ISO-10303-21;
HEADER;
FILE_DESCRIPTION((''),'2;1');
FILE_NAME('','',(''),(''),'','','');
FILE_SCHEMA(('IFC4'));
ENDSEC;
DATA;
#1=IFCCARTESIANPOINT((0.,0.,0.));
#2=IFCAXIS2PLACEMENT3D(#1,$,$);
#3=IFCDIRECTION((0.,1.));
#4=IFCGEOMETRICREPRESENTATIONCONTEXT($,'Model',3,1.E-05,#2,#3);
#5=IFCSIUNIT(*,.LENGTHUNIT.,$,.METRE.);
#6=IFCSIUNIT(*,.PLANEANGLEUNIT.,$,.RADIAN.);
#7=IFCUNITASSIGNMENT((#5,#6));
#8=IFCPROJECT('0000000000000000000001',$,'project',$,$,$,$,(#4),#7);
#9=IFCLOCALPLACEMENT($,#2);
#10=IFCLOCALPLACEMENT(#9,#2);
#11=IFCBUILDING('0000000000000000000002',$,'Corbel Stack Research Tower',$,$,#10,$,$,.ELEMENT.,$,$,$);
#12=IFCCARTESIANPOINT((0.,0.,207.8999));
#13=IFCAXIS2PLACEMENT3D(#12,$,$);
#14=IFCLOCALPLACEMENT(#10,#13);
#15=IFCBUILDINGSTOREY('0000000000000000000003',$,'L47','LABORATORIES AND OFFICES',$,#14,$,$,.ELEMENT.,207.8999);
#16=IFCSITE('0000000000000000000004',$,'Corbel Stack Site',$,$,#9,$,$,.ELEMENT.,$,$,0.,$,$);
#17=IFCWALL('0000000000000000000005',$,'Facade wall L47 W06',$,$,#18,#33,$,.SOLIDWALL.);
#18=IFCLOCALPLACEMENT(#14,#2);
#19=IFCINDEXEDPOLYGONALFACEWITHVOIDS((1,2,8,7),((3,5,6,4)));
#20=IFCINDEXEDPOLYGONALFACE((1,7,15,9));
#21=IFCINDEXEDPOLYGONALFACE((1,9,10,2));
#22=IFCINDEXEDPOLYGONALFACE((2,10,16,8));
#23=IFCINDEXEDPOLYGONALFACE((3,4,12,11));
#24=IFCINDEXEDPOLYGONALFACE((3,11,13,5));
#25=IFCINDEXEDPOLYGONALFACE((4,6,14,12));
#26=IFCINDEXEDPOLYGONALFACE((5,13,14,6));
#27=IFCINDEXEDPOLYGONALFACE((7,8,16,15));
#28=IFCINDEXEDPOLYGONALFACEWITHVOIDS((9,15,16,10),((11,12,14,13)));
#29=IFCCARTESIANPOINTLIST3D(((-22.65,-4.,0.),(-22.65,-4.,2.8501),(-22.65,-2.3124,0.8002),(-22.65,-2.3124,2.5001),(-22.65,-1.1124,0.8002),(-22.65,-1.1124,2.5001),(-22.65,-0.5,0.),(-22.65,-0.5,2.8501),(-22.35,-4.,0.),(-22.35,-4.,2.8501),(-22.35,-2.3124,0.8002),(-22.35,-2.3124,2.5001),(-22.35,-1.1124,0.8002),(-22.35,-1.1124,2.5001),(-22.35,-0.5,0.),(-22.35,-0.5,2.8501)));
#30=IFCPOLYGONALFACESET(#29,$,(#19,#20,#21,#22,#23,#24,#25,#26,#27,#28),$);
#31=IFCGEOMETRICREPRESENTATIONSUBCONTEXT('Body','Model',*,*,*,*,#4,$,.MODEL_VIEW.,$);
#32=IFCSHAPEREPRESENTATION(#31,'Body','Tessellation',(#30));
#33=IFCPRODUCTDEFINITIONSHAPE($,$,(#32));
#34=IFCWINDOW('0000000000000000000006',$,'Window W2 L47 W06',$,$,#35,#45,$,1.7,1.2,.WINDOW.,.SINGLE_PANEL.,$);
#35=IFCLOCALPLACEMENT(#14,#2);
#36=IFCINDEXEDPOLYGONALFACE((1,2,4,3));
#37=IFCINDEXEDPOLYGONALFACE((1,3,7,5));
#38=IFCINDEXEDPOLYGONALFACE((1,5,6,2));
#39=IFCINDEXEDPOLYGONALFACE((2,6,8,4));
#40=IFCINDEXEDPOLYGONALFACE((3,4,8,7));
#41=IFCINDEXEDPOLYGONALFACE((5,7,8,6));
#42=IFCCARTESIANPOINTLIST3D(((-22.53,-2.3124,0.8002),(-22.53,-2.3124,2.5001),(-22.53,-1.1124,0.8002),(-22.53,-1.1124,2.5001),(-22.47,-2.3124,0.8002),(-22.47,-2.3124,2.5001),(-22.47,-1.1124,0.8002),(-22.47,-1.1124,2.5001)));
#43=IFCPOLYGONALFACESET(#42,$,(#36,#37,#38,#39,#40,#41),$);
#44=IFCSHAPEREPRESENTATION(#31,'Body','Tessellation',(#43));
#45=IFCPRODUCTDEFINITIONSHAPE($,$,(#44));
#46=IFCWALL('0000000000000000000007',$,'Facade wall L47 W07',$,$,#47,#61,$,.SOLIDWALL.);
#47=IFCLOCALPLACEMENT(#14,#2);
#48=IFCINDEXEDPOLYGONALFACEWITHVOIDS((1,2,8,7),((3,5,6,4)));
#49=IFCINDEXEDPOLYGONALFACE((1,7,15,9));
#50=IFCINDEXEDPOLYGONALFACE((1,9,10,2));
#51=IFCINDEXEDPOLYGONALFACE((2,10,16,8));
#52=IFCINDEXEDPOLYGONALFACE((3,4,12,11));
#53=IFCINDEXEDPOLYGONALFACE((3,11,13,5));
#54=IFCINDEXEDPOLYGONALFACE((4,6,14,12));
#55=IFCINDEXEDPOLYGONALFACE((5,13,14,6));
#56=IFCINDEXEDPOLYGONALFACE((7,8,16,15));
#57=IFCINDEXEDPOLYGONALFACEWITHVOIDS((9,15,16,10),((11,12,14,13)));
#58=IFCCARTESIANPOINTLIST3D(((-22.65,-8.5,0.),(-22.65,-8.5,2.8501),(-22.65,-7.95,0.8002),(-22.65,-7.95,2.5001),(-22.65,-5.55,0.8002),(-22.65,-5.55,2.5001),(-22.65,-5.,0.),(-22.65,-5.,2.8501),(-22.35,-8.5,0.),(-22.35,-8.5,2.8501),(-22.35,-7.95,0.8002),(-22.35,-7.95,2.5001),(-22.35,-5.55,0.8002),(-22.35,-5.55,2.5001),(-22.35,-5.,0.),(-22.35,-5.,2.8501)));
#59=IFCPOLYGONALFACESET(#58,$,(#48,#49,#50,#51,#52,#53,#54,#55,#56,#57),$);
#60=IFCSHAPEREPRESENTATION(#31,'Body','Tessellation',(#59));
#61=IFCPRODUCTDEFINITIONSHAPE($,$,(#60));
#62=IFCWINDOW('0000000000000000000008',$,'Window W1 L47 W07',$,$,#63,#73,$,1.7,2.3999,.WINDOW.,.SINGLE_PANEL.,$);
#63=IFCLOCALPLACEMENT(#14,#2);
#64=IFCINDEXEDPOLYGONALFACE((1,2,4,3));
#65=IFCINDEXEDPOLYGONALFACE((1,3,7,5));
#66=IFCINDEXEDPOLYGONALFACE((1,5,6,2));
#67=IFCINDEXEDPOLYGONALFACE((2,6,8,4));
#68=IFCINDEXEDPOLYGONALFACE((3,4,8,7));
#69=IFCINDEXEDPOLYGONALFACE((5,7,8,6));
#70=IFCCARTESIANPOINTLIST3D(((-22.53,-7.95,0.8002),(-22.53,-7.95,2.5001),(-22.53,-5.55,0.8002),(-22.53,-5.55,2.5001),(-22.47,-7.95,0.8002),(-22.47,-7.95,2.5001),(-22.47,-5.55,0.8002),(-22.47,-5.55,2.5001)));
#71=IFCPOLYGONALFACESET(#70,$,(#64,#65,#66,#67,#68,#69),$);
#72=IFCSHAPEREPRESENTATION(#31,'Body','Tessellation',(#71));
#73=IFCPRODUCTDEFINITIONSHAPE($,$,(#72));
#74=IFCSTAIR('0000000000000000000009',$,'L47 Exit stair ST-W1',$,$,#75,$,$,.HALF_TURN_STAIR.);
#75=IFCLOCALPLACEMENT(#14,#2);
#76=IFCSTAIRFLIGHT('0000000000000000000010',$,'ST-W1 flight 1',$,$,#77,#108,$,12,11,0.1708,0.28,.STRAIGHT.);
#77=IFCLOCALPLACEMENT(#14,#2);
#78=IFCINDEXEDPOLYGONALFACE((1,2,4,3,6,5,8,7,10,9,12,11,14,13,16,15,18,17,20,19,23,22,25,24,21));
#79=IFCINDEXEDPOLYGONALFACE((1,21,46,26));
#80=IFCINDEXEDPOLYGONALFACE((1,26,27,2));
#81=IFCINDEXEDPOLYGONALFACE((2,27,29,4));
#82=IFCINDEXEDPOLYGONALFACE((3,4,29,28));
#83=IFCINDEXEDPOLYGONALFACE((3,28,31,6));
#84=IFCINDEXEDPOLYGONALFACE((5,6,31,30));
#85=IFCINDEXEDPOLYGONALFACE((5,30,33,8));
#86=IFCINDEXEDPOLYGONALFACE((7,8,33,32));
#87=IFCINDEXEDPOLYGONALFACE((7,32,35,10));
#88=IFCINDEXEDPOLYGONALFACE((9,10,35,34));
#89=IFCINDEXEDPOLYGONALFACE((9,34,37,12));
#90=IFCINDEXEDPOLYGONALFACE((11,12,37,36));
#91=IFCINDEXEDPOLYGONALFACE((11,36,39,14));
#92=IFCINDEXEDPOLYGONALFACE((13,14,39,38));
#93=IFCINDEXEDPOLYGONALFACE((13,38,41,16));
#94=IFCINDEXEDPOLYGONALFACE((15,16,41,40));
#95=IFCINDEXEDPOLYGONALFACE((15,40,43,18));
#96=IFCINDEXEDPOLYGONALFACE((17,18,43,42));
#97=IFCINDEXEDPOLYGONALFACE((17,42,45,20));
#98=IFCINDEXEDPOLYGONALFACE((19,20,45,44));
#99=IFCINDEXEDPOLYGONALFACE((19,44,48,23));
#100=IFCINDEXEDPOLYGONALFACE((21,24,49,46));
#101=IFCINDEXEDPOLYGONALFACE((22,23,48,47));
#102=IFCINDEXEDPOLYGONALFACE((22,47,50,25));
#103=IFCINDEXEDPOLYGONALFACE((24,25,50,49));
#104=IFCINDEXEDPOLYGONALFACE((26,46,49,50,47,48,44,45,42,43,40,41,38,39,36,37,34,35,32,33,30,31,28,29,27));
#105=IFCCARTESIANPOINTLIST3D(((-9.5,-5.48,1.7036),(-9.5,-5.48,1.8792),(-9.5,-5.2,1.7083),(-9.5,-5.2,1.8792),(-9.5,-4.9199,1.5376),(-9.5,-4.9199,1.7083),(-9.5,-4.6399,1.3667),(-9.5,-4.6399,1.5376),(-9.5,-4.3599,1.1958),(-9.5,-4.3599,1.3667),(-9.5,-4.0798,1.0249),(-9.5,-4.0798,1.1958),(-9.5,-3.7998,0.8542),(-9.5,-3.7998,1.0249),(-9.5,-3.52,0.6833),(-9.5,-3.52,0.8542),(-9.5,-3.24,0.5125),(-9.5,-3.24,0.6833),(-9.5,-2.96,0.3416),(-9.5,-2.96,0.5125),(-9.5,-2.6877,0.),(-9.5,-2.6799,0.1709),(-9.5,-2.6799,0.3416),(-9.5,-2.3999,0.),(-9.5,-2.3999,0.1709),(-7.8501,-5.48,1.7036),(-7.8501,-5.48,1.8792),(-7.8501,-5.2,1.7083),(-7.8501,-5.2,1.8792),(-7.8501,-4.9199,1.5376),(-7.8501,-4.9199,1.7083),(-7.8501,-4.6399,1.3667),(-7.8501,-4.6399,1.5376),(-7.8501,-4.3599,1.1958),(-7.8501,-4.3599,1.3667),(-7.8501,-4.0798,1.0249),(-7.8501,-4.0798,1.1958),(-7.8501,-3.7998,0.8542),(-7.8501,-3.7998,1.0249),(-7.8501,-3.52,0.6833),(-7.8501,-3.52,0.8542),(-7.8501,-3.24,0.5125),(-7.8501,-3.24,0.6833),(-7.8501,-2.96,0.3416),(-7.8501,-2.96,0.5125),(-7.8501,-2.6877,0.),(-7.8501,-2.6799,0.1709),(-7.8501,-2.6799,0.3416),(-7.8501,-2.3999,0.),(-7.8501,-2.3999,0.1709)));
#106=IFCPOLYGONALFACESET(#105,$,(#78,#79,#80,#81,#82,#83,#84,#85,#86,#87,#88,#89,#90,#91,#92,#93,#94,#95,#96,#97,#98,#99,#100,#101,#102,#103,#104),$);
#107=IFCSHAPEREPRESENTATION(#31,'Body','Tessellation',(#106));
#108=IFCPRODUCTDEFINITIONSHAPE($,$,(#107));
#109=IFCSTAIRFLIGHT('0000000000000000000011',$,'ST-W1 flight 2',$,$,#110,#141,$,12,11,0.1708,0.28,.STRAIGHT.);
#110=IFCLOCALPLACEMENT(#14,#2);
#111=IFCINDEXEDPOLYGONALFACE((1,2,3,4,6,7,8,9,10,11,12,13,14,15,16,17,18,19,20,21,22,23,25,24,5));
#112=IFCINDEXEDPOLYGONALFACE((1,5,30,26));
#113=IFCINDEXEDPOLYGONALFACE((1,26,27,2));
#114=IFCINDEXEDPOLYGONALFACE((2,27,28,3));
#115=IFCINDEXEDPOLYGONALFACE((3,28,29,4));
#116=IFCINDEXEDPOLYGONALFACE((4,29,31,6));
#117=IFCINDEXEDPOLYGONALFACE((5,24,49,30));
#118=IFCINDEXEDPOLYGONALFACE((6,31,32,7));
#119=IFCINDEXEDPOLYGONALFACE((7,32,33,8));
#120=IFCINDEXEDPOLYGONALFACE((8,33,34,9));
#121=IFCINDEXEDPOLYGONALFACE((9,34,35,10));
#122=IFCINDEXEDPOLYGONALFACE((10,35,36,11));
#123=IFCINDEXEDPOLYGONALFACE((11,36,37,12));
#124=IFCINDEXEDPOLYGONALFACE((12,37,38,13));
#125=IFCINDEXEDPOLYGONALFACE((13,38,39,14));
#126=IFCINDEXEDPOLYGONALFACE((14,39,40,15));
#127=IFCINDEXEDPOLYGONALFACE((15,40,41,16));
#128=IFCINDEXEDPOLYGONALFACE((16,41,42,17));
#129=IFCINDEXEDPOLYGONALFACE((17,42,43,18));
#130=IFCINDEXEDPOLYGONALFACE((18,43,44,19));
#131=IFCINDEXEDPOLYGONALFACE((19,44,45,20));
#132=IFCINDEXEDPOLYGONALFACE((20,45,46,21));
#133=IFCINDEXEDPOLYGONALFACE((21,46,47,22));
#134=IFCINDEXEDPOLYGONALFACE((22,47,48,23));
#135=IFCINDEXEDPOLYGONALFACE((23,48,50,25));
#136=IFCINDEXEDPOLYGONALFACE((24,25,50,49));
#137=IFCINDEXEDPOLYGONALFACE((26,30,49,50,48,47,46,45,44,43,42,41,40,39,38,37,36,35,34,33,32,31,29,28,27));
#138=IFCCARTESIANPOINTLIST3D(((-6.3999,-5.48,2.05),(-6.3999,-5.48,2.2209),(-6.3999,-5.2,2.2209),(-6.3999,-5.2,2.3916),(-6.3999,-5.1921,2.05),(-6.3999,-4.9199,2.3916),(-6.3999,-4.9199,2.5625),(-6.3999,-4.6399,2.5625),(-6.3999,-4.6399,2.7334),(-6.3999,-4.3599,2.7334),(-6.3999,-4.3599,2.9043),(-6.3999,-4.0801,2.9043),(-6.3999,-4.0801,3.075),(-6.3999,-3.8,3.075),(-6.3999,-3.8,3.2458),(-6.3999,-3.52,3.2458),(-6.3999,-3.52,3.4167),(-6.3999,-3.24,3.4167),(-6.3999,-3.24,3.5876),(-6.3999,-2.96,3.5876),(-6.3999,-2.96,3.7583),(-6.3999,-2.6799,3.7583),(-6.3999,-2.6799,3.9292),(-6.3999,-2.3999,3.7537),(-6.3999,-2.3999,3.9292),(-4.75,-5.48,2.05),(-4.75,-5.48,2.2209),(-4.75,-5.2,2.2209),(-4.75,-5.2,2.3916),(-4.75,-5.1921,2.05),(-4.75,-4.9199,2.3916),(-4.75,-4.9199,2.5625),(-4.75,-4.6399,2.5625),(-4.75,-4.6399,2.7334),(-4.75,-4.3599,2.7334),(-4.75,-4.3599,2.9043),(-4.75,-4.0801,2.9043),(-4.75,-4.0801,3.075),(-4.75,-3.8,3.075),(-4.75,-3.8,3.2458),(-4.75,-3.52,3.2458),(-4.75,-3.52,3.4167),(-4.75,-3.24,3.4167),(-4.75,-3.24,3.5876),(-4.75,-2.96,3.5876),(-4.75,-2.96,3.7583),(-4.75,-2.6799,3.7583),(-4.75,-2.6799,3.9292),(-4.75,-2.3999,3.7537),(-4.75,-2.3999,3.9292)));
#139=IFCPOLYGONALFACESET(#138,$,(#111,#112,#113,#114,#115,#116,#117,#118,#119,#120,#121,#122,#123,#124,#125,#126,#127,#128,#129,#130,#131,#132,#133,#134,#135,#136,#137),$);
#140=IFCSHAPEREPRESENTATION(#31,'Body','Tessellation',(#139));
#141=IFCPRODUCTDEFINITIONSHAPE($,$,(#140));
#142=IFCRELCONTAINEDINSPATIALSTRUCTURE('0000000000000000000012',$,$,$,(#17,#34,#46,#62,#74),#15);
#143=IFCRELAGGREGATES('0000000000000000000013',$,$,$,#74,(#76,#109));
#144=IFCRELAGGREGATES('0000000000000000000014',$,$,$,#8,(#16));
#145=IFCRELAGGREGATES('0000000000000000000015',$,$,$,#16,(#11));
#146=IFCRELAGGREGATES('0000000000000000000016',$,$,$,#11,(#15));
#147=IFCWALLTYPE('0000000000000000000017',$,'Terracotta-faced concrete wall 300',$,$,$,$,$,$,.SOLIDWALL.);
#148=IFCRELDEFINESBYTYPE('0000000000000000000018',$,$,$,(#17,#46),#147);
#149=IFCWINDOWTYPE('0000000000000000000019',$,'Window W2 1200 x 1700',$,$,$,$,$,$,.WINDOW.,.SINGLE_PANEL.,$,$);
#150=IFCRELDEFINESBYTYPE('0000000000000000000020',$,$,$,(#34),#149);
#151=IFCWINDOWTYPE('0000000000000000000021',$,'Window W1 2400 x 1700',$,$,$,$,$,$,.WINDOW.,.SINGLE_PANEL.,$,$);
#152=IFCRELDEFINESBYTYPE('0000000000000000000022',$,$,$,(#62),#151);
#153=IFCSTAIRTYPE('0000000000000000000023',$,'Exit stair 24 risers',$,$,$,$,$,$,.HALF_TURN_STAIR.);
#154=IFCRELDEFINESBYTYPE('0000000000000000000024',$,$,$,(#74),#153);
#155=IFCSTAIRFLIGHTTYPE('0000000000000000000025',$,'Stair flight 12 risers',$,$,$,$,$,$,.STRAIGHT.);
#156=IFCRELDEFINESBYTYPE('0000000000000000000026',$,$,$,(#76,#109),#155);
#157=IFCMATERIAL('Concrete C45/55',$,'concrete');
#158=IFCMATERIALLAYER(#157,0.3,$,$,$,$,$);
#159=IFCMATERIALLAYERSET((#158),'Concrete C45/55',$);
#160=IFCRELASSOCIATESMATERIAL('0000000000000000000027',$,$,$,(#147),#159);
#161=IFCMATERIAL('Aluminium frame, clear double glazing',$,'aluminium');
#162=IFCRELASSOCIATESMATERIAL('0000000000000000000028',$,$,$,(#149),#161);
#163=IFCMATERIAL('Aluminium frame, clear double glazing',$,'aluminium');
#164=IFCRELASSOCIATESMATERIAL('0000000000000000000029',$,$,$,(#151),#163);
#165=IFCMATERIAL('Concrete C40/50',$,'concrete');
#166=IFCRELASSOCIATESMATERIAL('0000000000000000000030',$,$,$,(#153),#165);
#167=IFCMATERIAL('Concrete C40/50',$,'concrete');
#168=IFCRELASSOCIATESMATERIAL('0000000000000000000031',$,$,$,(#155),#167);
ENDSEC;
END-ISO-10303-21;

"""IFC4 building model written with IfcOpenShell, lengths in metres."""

from ifc_helpers import new_model, si_unit, direction, frame, frame_2d, origin, place, context, subcontext, project, spatial, polyline, rectangle, outline, extrude, material, layer, layer_set, type_object, element, fill, aggregate, save


model = new_model("IFC4")

# Units and contexts
model_context = context("Model", 3, precision=1e-05, world=origin(), true_north=direction((0.0, 1.0)))
body_context = subcontext(model_context, "Body", "Model", "MODEL_VIEW")
ifc_project = project(units=[si_unit("LENGTHUNIT", "METRE"), si_unit("PLANEANGLEUNIT", "RADIAN")], contexts=[model_context])

# Site, building, storey
site_placement = place(None, origin())
site = spatial("IfcSite", under=ifc_project, at=site_placement, Name="Corbel Stack Site", CompositionType="ELEMENT", RefElevation=0.0)
building_placement = place(site_placement, origin())
building = spatial("IfcBuilding", under=site, at=building_placement, Name="Corbel Stack Research Tower", CompositionType="ELEMENT")
storey_placement = place(building_placement, frame((0.0, 0.0, 207.8999)))
storey = spatial("IfcBuildingStorey", under=building, at=storey_placement, Name="L47", Description="LABORATORIES AND OFFICES", CompositionType="ELEMENT", Elevation=207.8999)

# Walls, openings, windows
ifc_material_1 = material(Name="Concrete C45/55", Category="concrete")
ifc_layer_1 = layer(ifc_material_1, 0.3)
ifc_layer_set_1 = layer_set([ifc_layer_1], Name="Concrete C45/55")
wall_type_1 = type_object("IfcWallType", Name="Terracotta-faced concrete wall 300", PredefinedType="SOLIDWALL", material=ifc_layer_set_1)
wall_1_placement = place(storey_placement, frame((-22.5, -4.0, 0.0), z_axis=(0.0, 0.0, 1.0), x_axis=(0.0, 1.0, 0.0)))
wall_1 = element("IfcWall", 1, at=wall_1_placement, inside=storey, type_object=wall_type_1, Name="Facade wall L47 W06", PredefinedType="SOLIDWALL", context=body_context, shape_type="SweptSolid", body=[
    extrude(rectangle(XDim=3.5, YDim=0.3, at=frame_2d((1.75, 0.0))), origin(), (0.0, 0.0, 1.0), 2.8501),
])
opening_1_placement = place(wall_1_placement, frame((1.6875, 0.0, 0.8)))
opening_1 = element("IfcOpeningElement", 2, at=opening_1_placement, cuts=wall_1, PredefinedType="OPENING", context=body_context, shape_type="SweptSolid", body=[
    extrude(rectangle(XDim=1.2, YDim=1.7, at=frame_2d((0.6001, 0.8501))), frame((0.0, 0.1599, 0.0), z_axis=(0.0, -1.0, 0.0), x_axis=(1.0, 0.0, 0.0)), (0.0, 0.0, 1.0), 0.3201),
])
ifc_material_2 = material(Name="Aluminium frame, clear double glazing", Category="aluminium")
window_type_1 = type_object("IfcWindowType", Name="Window W2 1200 x 1700", PartitioningType="SINGLE_PANEL", PredefinedType="WINDOW", material=ifc_material_2)
window_1_placement = place(opening_1_placement, origin())
window_1 = element("IfcWindow", 3, at=window_1_placement, inside=storey, type_object=window_type_1, Name="Window W2 L47 W06", OverallHeight=1.7, OverallWidth=1.2, PartitioningType="SINGLE_PANEL", PredefinedType="WINDOW", context=body_context, shape_type="SweptSolid", body=[
    extrude(rectangle(XDim=1.2, YDim=1.7, at=frame_2d((0.6001, 0.8501))), frame((0.0, 0.03, 0.0), z_axis=(0.0, -1.0, 0.0), x_axis=(1.0, 0.0, 0.0)), (0.0, 0.0, 1.0), 0.0601),
])
fill(opening_1, window_1)
wall_2_placement = place(storey_placement, frame((-22.5, -8.5, 0.0), z_axis=(0.0, 0.0, 1.0), x_axis=(0.0, 1.0, 0.0)))
wall_2 = element("IfcWall", 4, at=wall_2_placement, inside=storey, type_object=wall_type_1, Name="Facade wall L47 W07", PredefinedType="SOLIDWALL", context=body_context, shape_type="SweptSolid", body=[
    extrude(rectangle(XDim=3.5, YDim=0.3, at=frame_2d((1.75, 0.0))), origin(), (0.0, 0.0, 1.0), 2.8501),
])
opening_2_placement = place(wall_2_placement, frame((0.55, 0.0, 0.8)))
opening_2 = element("IfcOpeningElement", 5, at=opening_2_placement, cuts=wall_2, PredefinedType="OPENING", context=body_context, shape_type="SweptSolid", body=[
    extrude(rectangle(XDim=2.3999, YDim=1.7, at=frame_2d((1.2, 0.8501))), frame((0.0, 0.1599, 0.0), z_axis=(0.0, -1.0, 0.0), x_axis=(1.0, 0.0, 0.0)), (0.0, 0.0, 1.0), 0.3201),
])
ifc_material_3 = material(Name="Aluminium frame, clear double glazing", Category="aluminium")
window_type_2 = type_object("IfcWindowType", Name="Window W1 2400 x 1700", PartitioningType="SINGLE_PANEL", PredefinedType="WINDOW", material=ifc_material_3)
window_2_placement = place(opening_2_placement, origin())
window_2 = element("IfcWindow", 6, at=window_2_placement, inside=storey, type_object=window_type_2, Name="Window W1 L47 W07", OverallHeight=1.7, OverallWidth=2.3999, PartitioningType="SINGLE_PANEL", PredefinedType="WINDOW", context=body_context, shape_type="SweptSolid", body=[
    extrude(rectangle(XDim=2.3999, YDim=1.7, at=frame_2d((1.2, 0.8501))), frame((0.0, 0.03, 0.0), z_axis=(0.0, -1.0, 0.0), x_axis=(1.0, 0.0, 0.0)), (0.0, 0.0, 1.0), 0.0601),
])
fill(opening_2, window_2)

# Stair, stair flights
ifc_material_4 = material(Name="Concrete C40/50", Category="concrete")
stair_type = type_object("IfcStairType", Name="Exit stair 24 risers", PredefinedType="HALF_TURN_STAIR", material=ifc_material_4)
stair_placement = place(storey_placement, origin())
stair = element("IfcStair", 7, at=stair_placement, inside=storey, type_object=stair_type, Name="L47 Exit stair ST-W1", PredefinedType="HALF_TURN_STAIR")
ifc_material_5 = material(Name="Concrete C40/50", Category="concrete")
stair_flight_type = type_object("IfcStairFlightType", Name="Stair flight 12 risers", PredefinedType="STRAIGHT", material=ifc_material_5)
stair_flight_1_placement = place(storey_placement, frame((-8.675, -2.3999, 0.0), z_axis=(0.0, 0.0, 1.0), x_axis=(0.0, -1.0, 0.0)))
stair_flight_1 = element("IfcStairFlight", 8, at=stair_flight_1_placement, type_object=stair_flight_type, Name="ST-W1 flight 1", NumberOfRisers=12, NumberOfTreads=11, PredefinedType="STRAIGHT", RiserHeight=0.1708, TreadLength=0.28, context=body_context, shape_type="SweptSolid", body=[
    extrude(outline(polyline([(0.0, 0.0), (0.0, 0.1709), (0.28, 0.1709), (0.28, 0.3416), (0.5601, 0.3416), (0.5601, 0.5125), (0.8401, 0.5125), (0.8401, 0.6833), (1.1201, 0.6833), (1.1201, 0.8542), (1.3999, 0.8542), (1.3999, 1.0249), (1.6799, 1.0249), (1.6799, 1.1958), (1.96, 1.1958), (1.96, 1.3667), (2.24, 1.3667), (2.24, 1.5376), (2.52, 1.5376), (2.52, 1.7083), (2.8, 1.7083), (2.8, 1.8792), (3.0801, 1.8792), (3.0801, 2.05), (3.0801, 1.7036), (0.2878, 0.0), (0.0, 0.0)])), frame((0.0, 0.825, 0.0), z_axis=(0.0, -1.0, 0.0), x_axis=(1.0, 0.0, 0.0)), (0.0, 0.0, 1.0), 1.6499),
])
stair_flight_2_placement = place(storey_placement, frame((-5.575, -5.48, 2.05), z_axis=(0.0, 0.0, 1.0), x_axis=(0.0, 1.0, 0.0)))
stair_flight_2 = element("IfcStairFlight", 9, at=stair_flight_2_placement, type_object=stair_flight_type, Name="ST-W1 flight 2", NumberOfRisers=12, NumberOfTreads=11, PredefinedType="STRAIGHT", RiserHeight=0.1708, TreadLength=0.28, context=body_context, shape_type="SweptSolid", body=[
    extrude(outline(polyline([(0.0, 0.0), (0.0, 0.1709), (0.28, 0.1709), (0.28, 0.3416), (0.5601, 0.3416), (0.5601, 0.5125), (0.8401, 0.5125), (0.8401, 0.6833), (1.1201, 0.6833), (1.1201, 0.8542), (1.3999, 0.8542), (1.3999, 1.0249), (1.6799, 1.0249), (1.6799, 1.1958), (1.96, 1.1958), (1.96, 1.3667), (2.24, 1.3667), (2.24, 1.5376), (2.52, 1.5376), (2.52, 1.7083), (2.8, 1.7083), (2.8, 1.8792), (3.0801, 1.8792), (3.0801, 2.05), (3.0801, 1.7036), (0.2878, 0.0), (0.0, 0.0)])), frame((0.0, 0.825, 0.0), z_axis=(0.0, -1.0, 0.0), x_axis=(1.0, 0.0, 0.0)), (0.0, 0.0, 1.0), 1.6499),
])
aggregate(stair, [stair_flight_1, stair_flight_2])

save(model, "model.ifc")
